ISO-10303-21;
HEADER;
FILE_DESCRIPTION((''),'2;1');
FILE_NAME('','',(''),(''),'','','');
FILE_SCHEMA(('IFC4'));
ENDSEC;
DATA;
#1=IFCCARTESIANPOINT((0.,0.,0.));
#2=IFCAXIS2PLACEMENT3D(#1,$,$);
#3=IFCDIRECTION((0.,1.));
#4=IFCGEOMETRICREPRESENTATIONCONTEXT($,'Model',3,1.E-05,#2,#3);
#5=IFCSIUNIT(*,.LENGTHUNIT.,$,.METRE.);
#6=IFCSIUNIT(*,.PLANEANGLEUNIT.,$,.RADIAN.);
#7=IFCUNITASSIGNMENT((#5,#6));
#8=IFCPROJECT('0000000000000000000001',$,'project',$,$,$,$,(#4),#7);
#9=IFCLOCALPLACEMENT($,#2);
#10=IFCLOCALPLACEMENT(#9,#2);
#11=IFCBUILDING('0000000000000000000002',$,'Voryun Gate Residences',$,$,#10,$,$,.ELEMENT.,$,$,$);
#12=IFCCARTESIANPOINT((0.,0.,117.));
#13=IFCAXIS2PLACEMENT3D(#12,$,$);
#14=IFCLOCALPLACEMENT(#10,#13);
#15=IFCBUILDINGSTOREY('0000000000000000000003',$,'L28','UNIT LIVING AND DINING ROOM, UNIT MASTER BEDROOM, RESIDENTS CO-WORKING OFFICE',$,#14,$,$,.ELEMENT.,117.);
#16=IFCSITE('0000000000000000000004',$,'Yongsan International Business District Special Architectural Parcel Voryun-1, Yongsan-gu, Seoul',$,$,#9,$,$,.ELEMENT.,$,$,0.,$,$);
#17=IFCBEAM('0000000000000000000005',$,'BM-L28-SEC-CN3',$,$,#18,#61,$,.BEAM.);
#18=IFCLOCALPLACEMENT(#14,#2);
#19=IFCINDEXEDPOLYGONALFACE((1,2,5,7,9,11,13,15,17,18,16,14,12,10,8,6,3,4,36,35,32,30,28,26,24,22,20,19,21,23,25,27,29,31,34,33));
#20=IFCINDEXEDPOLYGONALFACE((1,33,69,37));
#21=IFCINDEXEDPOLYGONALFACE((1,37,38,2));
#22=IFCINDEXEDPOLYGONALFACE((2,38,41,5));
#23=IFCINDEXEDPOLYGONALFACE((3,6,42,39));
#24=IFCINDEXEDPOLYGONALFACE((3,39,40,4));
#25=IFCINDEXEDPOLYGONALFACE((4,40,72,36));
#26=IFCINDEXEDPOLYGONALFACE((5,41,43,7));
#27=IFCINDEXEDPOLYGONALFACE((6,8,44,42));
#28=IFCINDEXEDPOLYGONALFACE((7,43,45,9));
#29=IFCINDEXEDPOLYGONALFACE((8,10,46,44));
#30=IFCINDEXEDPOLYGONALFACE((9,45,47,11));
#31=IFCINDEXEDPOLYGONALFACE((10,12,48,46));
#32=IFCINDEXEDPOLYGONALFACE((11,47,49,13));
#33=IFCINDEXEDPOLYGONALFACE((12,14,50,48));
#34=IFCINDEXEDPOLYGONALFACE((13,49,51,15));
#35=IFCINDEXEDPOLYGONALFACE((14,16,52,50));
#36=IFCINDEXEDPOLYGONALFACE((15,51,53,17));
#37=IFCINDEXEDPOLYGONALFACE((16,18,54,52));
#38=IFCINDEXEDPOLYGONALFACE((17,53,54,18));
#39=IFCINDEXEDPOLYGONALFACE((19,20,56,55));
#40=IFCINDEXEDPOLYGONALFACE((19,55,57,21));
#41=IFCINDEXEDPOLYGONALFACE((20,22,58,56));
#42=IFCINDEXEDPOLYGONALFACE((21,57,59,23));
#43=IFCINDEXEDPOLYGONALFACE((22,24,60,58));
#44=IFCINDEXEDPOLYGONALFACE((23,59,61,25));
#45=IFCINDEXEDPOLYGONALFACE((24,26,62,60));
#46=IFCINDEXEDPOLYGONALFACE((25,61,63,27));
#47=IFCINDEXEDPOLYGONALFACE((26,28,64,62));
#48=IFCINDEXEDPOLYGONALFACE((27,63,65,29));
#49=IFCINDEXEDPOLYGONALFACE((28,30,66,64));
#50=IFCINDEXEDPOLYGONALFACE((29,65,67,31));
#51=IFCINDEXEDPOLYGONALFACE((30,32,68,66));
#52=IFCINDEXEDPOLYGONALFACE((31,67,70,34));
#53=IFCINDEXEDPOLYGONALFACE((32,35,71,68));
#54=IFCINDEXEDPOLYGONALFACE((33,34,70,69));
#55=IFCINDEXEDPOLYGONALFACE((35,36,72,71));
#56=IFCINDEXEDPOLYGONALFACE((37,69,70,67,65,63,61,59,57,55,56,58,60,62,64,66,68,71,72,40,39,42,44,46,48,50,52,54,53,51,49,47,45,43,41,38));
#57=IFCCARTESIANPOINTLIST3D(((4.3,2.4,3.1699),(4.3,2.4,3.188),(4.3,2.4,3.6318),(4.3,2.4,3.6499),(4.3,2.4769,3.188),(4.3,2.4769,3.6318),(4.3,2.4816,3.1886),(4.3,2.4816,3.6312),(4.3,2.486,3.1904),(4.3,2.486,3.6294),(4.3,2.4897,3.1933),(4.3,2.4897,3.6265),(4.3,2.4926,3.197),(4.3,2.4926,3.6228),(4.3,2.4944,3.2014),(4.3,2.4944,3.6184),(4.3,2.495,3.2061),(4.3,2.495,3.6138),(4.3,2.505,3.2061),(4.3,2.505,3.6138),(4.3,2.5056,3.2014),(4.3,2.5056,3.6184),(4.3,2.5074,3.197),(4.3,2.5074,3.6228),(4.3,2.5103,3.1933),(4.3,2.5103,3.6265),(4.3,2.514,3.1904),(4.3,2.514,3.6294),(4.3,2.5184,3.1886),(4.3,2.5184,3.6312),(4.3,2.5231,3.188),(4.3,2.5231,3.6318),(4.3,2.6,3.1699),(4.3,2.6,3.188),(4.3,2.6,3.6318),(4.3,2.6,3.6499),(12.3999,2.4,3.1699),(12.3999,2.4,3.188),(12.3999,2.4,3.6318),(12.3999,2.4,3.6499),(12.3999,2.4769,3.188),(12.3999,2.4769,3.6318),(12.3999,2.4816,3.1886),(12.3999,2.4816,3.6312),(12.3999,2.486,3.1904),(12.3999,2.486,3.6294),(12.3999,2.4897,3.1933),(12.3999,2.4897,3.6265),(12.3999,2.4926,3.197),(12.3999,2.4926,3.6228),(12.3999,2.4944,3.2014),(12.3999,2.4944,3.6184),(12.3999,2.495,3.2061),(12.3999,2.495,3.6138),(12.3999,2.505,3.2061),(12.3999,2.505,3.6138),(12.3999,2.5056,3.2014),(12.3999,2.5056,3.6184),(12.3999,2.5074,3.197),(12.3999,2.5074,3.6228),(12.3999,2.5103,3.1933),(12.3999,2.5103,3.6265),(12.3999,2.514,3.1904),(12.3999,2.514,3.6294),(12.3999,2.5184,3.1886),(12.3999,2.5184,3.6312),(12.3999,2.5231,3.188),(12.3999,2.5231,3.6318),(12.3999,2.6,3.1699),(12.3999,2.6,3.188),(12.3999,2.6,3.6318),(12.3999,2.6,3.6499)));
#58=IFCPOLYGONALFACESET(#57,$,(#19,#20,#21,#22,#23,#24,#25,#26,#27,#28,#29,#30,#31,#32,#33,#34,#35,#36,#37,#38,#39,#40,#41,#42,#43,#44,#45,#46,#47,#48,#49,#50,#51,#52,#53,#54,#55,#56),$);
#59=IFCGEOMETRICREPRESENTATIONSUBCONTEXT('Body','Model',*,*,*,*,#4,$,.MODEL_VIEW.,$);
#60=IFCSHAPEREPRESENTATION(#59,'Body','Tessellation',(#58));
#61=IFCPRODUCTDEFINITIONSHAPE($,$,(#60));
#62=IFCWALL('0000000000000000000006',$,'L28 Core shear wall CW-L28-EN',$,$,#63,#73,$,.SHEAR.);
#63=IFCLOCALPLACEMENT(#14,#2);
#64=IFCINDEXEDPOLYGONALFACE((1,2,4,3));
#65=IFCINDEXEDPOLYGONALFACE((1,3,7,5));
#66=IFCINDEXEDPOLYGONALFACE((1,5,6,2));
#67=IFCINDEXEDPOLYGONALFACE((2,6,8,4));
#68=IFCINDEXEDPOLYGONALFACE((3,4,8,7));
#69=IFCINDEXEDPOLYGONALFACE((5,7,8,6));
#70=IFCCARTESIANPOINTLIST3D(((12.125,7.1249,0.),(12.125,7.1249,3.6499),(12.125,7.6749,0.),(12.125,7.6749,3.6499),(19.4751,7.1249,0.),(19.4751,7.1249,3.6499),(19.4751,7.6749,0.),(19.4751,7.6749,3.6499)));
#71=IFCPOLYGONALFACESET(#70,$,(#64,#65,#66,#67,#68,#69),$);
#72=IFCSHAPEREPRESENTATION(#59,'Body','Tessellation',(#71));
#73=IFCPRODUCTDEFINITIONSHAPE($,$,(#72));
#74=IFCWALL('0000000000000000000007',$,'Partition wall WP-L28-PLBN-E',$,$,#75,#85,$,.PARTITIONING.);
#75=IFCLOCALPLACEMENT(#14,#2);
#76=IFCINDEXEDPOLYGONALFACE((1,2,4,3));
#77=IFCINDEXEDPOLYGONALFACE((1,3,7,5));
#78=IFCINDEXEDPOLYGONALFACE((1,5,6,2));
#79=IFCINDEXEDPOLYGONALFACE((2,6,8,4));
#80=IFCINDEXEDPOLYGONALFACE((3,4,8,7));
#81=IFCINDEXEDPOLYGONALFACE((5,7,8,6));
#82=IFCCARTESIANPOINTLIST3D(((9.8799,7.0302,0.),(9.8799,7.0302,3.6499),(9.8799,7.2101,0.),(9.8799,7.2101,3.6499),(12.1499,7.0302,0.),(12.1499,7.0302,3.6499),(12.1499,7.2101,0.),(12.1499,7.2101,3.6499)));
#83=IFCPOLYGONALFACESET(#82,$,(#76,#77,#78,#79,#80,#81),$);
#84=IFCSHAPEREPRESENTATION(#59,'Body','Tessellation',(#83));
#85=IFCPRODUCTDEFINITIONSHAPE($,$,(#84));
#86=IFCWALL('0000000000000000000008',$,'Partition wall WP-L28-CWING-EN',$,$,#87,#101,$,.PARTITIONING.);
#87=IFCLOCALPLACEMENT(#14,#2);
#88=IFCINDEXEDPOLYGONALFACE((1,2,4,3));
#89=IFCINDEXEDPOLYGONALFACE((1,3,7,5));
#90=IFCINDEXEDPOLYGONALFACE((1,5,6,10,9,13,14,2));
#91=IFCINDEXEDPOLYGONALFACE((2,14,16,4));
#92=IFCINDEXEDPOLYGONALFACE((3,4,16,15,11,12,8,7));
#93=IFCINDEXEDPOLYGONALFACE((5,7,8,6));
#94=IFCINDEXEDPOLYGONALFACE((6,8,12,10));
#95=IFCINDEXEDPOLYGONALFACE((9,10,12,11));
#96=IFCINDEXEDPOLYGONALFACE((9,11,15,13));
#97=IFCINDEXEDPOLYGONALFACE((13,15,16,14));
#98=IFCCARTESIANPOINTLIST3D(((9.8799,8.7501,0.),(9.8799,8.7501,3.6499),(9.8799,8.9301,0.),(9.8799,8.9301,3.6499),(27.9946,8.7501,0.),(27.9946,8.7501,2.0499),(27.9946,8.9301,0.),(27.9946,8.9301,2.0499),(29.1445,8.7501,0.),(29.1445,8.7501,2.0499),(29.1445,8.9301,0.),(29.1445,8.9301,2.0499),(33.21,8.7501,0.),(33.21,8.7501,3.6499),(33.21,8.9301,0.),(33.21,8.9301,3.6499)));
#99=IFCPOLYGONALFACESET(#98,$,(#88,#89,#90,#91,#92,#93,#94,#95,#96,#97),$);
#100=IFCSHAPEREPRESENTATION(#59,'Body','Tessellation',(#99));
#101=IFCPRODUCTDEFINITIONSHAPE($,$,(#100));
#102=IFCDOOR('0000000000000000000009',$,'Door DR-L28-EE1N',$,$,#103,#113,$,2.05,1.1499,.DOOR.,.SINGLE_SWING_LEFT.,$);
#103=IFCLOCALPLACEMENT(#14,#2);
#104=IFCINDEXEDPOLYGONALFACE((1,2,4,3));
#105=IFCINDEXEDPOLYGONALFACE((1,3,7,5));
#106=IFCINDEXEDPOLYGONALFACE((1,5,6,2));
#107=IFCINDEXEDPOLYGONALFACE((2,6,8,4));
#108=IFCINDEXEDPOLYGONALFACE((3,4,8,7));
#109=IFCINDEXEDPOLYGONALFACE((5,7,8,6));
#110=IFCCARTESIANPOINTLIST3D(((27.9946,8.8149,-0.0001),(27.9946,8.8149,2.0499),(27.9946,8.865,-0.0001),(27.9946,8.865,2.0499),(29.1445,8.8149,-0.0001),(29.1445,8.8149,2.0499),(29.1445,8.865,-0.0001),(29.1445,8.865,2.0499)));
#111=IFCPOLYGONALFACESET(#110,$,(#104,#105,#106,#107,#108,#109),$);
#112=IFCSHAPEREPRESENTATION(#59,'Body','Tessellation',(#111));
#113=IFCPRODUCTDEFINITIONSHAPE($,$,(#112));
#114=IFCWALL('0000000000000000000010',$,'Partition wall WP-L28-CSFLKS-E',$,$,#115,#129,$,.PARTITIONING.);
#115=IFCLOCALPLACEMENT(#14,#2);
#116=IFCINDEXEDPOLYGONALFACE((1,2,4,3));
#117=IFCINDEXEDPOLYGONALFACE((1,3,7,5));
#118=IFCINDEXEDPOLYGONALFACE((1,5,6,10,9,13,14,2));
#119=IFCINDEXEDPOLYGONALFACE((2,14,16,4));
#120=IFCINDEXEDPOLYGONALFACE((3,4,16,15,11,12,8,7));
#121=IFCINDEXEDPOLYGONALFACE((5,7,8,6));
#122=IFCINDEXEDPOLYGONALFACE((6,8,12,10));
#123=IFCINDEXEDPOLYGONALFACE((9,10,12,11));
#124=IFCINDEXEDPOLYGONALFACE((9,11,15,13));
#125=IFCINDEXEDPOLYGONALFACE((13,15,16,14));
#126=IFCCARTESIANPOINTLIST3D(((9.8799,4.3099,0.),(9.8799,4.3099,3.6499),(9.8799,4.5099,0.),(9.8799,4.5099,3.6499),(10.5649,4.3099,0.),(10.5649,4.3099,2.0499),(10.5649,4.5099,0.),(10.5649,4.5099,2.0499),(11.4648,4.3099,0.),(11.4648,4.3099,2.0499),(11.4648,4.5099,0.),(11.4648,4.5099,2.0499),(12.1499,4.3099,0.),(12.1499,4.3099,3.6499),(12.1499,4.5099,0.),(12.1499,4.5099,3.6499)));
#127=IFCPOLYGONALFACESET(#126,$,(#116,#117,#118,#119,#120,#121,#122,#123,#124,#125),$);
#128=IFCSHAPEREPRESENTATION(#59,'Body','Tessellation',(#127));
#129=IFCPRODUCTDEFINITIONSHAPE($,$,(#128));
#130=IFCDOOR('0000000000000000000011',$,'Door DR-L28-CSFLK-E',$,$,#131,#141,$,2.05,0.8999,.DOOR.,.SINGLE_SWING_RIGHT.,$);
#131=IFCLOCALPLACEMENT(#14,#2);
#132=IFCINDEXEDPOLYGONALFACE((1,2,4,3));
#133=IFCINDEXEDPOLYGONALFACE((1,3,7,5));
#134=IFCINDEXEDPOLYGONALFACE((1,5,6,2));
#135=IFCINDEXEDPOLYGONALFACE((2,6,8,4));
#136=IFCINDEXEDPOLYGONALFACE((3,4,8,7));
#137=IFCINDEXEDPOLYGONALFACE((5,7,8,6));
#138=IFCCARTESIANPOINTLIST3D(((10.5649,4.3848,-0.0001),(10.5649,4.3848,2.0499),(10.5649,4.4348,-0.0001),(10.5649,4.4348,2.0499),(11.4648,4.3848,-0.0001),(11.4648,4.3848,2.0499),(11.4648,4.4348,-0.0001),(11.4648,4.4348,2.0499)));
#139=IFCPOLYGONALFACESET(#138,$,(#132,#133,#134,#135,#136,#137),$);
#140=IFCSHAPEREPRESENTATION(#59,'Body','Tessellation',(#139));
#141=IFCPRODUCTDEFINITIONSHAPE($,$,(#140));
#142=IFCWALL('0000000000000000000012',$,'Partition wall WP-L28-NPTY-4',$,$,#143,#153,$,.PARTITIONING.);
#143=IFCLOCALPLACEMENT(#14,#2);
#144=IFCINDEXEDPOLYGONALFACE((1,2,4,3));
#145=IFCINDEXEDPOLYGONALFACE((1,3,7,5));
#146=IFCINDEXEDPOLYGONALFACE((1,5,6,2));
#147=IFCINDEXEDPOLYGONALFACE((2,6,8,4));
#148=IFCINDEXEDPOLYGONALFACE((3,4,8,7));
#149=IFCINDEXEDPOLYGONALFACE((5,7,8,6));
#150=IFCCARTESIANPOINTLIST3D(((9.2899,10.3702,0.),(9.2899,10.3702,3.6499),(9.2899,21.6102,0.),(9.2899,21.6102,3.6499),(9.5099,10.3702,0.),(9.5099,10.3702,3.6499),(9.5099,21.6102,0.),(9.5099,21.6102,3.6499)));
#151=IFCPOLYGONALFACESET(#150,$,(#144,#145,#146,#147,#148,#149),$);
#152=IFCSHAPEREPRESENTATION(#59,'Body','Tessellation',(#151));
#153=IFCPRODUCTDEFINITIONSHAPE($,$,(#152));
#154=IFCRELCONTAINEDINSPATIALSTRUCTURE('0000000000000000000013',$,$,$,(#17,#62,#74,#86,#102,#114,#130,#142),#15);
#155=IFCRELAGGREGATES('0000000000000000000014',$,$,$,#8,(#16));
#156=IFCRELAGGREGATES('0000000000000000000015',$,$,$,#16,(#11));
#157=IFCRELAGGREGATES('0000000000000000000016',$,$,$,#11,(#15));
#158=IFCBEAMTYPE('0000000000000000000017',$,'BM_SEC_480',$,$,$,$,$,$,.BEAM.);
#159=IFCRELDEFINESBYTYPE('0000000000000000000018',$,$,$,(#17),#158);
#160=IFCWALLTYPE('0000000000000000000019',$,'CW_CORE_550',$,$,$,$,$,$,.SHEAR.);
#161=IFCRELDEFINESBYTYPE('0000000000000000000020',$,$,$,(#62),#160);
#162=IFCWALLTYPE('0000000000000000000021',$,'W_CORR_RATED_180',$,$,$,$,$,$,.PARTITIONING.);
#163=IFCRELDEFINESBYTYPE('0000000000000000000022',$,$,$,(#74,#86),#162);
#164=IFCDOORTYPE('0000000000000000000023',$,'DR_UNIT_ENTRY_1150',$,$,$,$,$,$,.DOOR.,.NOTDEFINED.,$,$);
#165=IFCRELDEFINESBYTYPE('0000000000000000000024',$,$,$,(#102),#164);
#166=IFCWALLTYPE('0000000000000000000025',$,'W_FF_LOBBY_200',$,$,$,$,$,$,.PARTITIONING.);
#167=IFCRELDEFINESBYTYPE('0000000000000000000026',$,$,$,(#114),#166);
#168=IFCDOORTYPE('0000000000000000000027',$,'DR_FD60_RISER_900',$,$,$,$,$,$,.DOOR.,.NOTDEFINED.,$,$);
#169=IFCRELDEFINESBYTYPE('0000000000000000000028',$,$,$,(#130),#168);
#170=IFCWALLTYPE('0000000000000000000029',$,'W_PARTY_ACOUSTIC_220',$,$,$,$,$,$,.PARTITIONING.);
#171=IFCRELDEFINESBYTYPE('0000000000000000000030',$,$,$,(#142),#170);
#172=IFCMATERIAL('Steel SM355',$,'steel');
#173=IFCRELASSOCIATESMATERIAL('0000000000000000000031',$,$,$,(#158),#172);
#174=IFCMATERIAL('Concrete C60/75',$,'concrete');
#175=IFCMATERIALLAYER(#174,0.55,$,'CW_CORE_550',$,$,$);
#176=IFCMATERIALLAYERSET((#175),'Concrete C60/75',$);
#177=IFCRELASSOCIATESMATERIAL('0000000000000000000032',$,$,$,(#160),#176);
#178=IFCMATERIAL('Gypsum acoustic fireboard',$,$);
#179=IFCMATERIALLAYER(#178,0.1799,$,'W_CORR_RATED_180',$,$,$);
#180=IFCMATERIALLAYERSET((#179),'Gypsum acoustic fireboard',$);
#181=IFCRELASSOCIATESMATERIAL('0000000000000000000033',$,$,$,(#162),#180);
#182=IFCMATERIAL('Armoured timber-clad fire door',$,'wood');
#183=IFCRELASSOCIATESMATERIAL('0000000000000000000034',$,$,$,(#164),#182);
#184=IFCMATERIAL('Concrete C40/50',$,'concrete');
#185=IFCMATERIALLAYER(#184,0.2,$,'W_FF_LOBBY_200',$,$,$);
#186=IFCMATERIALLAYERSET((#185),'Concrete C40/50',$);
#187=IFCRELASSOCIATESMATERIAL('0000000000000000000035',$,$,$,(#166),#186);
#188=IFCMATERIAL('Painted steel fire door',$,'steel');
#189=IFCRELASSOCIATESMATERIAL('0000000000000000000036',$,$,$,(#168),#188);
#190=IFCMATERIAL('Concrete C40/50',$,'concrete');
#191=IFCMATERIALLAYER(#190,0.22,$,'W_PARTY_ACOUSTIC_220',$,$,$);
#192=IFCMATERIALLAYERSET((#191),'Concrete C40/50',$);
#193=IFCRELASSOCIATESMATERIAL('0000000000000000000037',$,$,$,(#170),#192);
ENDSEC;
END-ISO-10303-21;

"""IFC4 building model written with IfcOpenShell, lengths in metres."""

from ifc_helpers import new_model, si_unit, direction, frame, frame_2d, origin, origin_2d, place, context, subcontext, project, spatial, rectangle, i_section, extrude, material, layer, layer_set, material_profile, profile_set, type_object, element, fill, save


model = new_model("IFC4")

# Units and contexts
model_context = context("Model", 3, precision=1e-05, world=origin(), true_north=direction((0.0, 1.0)))
body_context = subcontext(model_context, "Body", "Model", "MODEL_VIEW")
ifc_project = project(units=[si_unit("LENGTHUNIT", "METRE"), si_unit("PLANEANGLEUNIT", "RADIAN")], contexts=[model_context])

# Site, building, storey
site_placement = place(None, origin())
site = spatial("IfcSite", under=ifc_project, at=site_placement, Name="Yongsan International Business District Special Architectural Parcel Voryun-1, Yongsan-gu, Seoul", CompositionType="ELEMENT", RefElevation=0.0)
building_placement = place(site_placement, origin())
building = spatial("IfcBuilding", under=site, at=building_placement, Name="Voryun Gate Residences", CompositionType="ELEMENT")
storey_placement = place(building_placement, frame((0.0, 0.0, 117.0)))
storey = spatial("IfcBuildingStorey", under=building, at=storey_placement, Name="L28", Description="UNIT LIVING AND DINING ROOM, UNIT MASTER BEDROOM, RESIDENTS CO-WORKING OFFICE", CompositionType="ELEMENT", Elevation=117.0)

# Beam
ifc_material_1 = material(Name="Steel SM355", Category="steel")
ifc_material_profile_1 = material_profile(ifc_material_1, i_section(OverallWidth=0.2, OverallDepth=0.48, WebThickness=0.01, FlangeThickness=0.0181, FilletRadius=0.0181, at=origin_2d()), Name="H-480x200x10x18")
ifc_profile_set_1 = profile_set([ifc_material_profile_1], Name="Steel SM355")
beam_type_1 = type_object("IfcBeamType", Name="BM_SEC_480", PredefinedType="BEAM", material=ifc_profile_set_1)
for number, where, z_axis, x_axis, name in (
    (1, (4.3, 2.5, 3.4099), (1.0, 0.0, 0.0), (0.0, 1.0, 0.0), "BM-L28-SEC-CN3"),
):
    element("IfcBeam", number, at=place(storey_placement, frame(where, z_axis=z_axis, x_axis=x_axis)), inside=storey, type_object=beam_type_1, Name=name, PredefinedType="BEAM", context=body_context, shape_type="SweptSolid", body=[
        extrude(i_section(OverallWidth=0.2, OverallDepth=0.48, WebThickness=0.01, FlangeThickness=0.0181, FilletRadius=0.0181, at=origin_2d()), origin(), (0.0, 0.0, 1.0), 8.0999),
    ])

# Walls
ifc_material_2 = material(Name="Concrete C60/75", Category="concrete")
ifc_layer_1 = layer(ifc_material_2, 0.55, Name="CW_CORE_550")
ifc_layer_set_1 = layer_set([ifc_layer_1], Name="Concrete C60/75")
wall_type_1 = type_object("IfcWallType", Name="CW_CORE_550", PredefinedType="SHEAR", material=ifc_layer_set_1)
wall_1_placement = place(storey_placement, frame((12.125, 7.3999, 0.0), z_axis=(0.0, 0.0, 1.0), x_axis=(1.0, 0.0, 0.0)))
element("IfcWall", 2, at=wall_1_placement, inside=storey, type_object=wall_type_1, Name="L28 Core shear wall CW-L28-EN", PredefinedType="SHEAR", context=body_context, shape_type="SweptSolid", body=[
    extrude(rectangle(XDim=7.3501, YDim=0.55, at=frame_2d((3.675, 0.0))), origin(), (0.0, 0.0, 1.0), 3.6499),
])
ifc_material_3 = material(Name="Gypsum acoustic fireboard")
ifc_layer_2 = layer(ifc_material_3, 0.1799, Name="W_CORR_RATED_180")
ifc_layer_set_2 = layer_set([ifc_layer_2], Name="Gypsum acoustic fireboard")
wall_type_2 = type_object("IfcWallType", Name="W_CORR_RATED_180", PredefinedType="PARTITIONING", material=ifc_layer_set_2)
wall_2_placement = place(storey_placement, frame((9.8799, 7.1201, 0.0), z_axis=(0.0, 0.0, 1.0), x_axis=(1.0, 0.0, 0.0)))
element("IfcWall", 3, at=wall_2_placement, inside=storey, type_object=wall_type_2, Name="Partition wall WP-L28-PLBN-E", PredefinedType="PARTITIONING", context=body_context, shape_type="SweptSolid", body=[
    extrude(rectangle(XDim=2.27, YDim=0.1799, at=frame_2d((1.135, 0.0))), origin(), (0.0, 0.0, 1.0), 3.6499),
])

# Walls, openings, doors
wall_3_placement = place(storey_placement, frame((9.8799, 8.8401, 0.0), z_axis=(0.0, 0.0, 1.0), x_axis=(1.0, 0.0, 0.0)))
wall_3 = element("IfcWall", 4, at=wall_3_placement, inside=storey, type_object=wall_type_2, Name="Partition wall WP-L28-CWING-EN", PredefinedType="PARTITIONING", context=body_context, shape_type="SweptSolid", body=[
    extrude(rectangle(XDim=23.3301, YDim=0.1799, at=frame_2d((11.665, 0.0))), origin(), (0.0, 0.0, 1.0), 3.6499),
])
opening_1_placement = place(wall_3_placement, frame((18.1147, 0.0, 0.0)))
opening_1 = element("IfcOpeningElement", 5, at=opening_1_placement, cuts=wall_3, PredefinedType="OPENING", context=body_context, shape_type="SweptSolid", body=[
    extrude(rectangle(XDim=1.1499, YDim=2.05, at=frame_2d((0.575, 1.0249))), frame((0.0, 0.0999, 0.0), z_axis=(0.0, -1.0, 0.0), x_axis=(1.0, 0.0, 0.0)), (0.0, 0.0, 1.0), 0.2),
])
ifc_material_4 = material(Name="Armoured timber-clad fire door", Category="wood")
door_type_1 = type_object("IfcDoorType", Name="DR_UNIT_ENTRY_1150", OperationType="NOTDEFINED", PredefinedType="DOOR", material=ifc_material_4)
door_1_placement = place(opening_1_placement, origin())
door_1 = element("IfcDoor", 6, at=door_1_placement, inside=storey, type_object=door_type_1, Name="Door DR-L28-EE1N", OperationType="SINGLE_SWING_LEFT", OverallHeight=2.05, OverallWidth=1.1499, PredefinedType="DOOR", context=body_context, shape_type="SweptSolid", body=[
    extrude(rectangle(XDim=1.1499, YDim=2.05, at=frame_2d((0.575, 1.0249))), frame((0.0, 0.0249, 0.0), z_axis=(0.0, -1.0, 0.0), x_axis=(1.0, 0.0, 0.0)), (0.0, 0.0, 1.0), 0.05),
])
fill(opening_1, door_1)
ifc_material_5 = material(Name="Concrete C40/50", Category="concrete")
ifc_layer_3 = layer(ifc_material_5, 0.2, Name="W_FF_LOBBY_200")
ifc_layer_set_3 = layer_set([ifc_layer_3], Name="Concrete C40/50")
wall_type_3 = type_object("IfcWallType", Name="W_FF_LOBBY_200", PredefinedType="PARTITIONING", material=ifc_layer_set_3)
wall_4_placement = place(storey_placement, frame((9.8799, 4.4099, 0.0), z_axis=(0.0, 0.0, 1.0), x_axis=(1.0, 0.0, 0.0)))
wall_4 = element("IfcWall", 7, at=wall_4_placement, inside=storey, type_object=wall_type_3, Name="Partition wall WP-L28-CSFLKS-E", PredefinedType="PARTITIONING", context=body_context, shape_type="SweptSolid", body=[
    extrude(rectangle(XDim=2.27, YDim=0.2, at=frame_2d((1.135, 0.0))), origin(), (0.0, 0.0, 1.0), 3.6499),
])
opening_2_placement = place(wall_4_placement, frame((0.6851, 0.0, 0.0)))
opening_2 = element("IfcOpeningElement", 8, at=opening_2_placement, cuts=wall_4, PredefinedType="OPENING", context=body_context, shape_type="SweptSolid", body=[
    extrude(rectangle(XDim=0.8999, YDim=2.05, at=frame_2d((0.45, 1.0249))), frame((0.0, 0.1101, 0.0), z_axis=(0.0, -1.0, 0.0), x_axis=(1.0, 0.0, 0.0)), (0.0, 0.0, 1.0), 0.22),
])
ifc_material_6 = material(Name="Painted steel fire door", Category="steel")
door_type_2 = type_object("IfcDoorType", Name="DR_FD60_RISER_900", OperationType="NOTDEFINED", PredefinedType="DOOR", material=ifc_material_6)
door_2_placement = place(opening_2_placement, origin())
door_2 = element("IfcDoor", 9, at=door_2_placement, inside=storey, type_object=door_type_2, Name="Door DR-L28-CSFLK-E", OperationType="SINGLE_SWING_RIGHT", OverallHeight=2.05, OverallWidth=0.8999, PredefinedType="DOOR", context=body_context, shape_type="SweptSolid", body=[
    extrude(rectangle(XDim=0.8999, YDim=2.05, at=frame_2d((0.45, 1.0249))), frame((0.0, 0.0249, 0.0), z_axis=(0.0, -1.0, 0.0), x_axis=(1.0, 0.0, 0.0)), (0.0, 0.0, 1.0), 0.05),
])
fill(opening_2, door_2)

# Wall
ifc_material_7 = material(Name="Concrete C40/50", Category="concrete")
ifc_layer_4 = layer(ifc_material_7, 0.22, Name="W_PARTY_ACOUSTIC_220")
ifc_layer_set_4 = layer_set([ifc_layer_4], Name="Concrete C40/50")
wall_type_4 = type_object("IfcWallType", Name="W_PARTY_ACOUSTIC_220", PredefinedType="PARTITIONING", material=ifc_layer_set_4)
wall_5_placement = place(storey_placement, frame((9.3999, 10.3701, 0.0), z_axis=(0.0, 0.0, 1.0), x_axis=(0.0, 1.0, 0.0)))
element("IfcWall", 10, at=wall_5_placement, inside=storey, type_object=wall_type_4, Name="Partition wall WP-L28-NPTY-4", PredefinedType="PARTITIONING", context=body_context, shape_type="SweptSolid", body=[
    extrude(rectangle(XDim=11.24, YDim=0.22, at=frame_2d((5.6201, 0.0))), origin(), (0.0, 0.0, 1.0), 3.6499),
])

save(model, "model.ifc")
